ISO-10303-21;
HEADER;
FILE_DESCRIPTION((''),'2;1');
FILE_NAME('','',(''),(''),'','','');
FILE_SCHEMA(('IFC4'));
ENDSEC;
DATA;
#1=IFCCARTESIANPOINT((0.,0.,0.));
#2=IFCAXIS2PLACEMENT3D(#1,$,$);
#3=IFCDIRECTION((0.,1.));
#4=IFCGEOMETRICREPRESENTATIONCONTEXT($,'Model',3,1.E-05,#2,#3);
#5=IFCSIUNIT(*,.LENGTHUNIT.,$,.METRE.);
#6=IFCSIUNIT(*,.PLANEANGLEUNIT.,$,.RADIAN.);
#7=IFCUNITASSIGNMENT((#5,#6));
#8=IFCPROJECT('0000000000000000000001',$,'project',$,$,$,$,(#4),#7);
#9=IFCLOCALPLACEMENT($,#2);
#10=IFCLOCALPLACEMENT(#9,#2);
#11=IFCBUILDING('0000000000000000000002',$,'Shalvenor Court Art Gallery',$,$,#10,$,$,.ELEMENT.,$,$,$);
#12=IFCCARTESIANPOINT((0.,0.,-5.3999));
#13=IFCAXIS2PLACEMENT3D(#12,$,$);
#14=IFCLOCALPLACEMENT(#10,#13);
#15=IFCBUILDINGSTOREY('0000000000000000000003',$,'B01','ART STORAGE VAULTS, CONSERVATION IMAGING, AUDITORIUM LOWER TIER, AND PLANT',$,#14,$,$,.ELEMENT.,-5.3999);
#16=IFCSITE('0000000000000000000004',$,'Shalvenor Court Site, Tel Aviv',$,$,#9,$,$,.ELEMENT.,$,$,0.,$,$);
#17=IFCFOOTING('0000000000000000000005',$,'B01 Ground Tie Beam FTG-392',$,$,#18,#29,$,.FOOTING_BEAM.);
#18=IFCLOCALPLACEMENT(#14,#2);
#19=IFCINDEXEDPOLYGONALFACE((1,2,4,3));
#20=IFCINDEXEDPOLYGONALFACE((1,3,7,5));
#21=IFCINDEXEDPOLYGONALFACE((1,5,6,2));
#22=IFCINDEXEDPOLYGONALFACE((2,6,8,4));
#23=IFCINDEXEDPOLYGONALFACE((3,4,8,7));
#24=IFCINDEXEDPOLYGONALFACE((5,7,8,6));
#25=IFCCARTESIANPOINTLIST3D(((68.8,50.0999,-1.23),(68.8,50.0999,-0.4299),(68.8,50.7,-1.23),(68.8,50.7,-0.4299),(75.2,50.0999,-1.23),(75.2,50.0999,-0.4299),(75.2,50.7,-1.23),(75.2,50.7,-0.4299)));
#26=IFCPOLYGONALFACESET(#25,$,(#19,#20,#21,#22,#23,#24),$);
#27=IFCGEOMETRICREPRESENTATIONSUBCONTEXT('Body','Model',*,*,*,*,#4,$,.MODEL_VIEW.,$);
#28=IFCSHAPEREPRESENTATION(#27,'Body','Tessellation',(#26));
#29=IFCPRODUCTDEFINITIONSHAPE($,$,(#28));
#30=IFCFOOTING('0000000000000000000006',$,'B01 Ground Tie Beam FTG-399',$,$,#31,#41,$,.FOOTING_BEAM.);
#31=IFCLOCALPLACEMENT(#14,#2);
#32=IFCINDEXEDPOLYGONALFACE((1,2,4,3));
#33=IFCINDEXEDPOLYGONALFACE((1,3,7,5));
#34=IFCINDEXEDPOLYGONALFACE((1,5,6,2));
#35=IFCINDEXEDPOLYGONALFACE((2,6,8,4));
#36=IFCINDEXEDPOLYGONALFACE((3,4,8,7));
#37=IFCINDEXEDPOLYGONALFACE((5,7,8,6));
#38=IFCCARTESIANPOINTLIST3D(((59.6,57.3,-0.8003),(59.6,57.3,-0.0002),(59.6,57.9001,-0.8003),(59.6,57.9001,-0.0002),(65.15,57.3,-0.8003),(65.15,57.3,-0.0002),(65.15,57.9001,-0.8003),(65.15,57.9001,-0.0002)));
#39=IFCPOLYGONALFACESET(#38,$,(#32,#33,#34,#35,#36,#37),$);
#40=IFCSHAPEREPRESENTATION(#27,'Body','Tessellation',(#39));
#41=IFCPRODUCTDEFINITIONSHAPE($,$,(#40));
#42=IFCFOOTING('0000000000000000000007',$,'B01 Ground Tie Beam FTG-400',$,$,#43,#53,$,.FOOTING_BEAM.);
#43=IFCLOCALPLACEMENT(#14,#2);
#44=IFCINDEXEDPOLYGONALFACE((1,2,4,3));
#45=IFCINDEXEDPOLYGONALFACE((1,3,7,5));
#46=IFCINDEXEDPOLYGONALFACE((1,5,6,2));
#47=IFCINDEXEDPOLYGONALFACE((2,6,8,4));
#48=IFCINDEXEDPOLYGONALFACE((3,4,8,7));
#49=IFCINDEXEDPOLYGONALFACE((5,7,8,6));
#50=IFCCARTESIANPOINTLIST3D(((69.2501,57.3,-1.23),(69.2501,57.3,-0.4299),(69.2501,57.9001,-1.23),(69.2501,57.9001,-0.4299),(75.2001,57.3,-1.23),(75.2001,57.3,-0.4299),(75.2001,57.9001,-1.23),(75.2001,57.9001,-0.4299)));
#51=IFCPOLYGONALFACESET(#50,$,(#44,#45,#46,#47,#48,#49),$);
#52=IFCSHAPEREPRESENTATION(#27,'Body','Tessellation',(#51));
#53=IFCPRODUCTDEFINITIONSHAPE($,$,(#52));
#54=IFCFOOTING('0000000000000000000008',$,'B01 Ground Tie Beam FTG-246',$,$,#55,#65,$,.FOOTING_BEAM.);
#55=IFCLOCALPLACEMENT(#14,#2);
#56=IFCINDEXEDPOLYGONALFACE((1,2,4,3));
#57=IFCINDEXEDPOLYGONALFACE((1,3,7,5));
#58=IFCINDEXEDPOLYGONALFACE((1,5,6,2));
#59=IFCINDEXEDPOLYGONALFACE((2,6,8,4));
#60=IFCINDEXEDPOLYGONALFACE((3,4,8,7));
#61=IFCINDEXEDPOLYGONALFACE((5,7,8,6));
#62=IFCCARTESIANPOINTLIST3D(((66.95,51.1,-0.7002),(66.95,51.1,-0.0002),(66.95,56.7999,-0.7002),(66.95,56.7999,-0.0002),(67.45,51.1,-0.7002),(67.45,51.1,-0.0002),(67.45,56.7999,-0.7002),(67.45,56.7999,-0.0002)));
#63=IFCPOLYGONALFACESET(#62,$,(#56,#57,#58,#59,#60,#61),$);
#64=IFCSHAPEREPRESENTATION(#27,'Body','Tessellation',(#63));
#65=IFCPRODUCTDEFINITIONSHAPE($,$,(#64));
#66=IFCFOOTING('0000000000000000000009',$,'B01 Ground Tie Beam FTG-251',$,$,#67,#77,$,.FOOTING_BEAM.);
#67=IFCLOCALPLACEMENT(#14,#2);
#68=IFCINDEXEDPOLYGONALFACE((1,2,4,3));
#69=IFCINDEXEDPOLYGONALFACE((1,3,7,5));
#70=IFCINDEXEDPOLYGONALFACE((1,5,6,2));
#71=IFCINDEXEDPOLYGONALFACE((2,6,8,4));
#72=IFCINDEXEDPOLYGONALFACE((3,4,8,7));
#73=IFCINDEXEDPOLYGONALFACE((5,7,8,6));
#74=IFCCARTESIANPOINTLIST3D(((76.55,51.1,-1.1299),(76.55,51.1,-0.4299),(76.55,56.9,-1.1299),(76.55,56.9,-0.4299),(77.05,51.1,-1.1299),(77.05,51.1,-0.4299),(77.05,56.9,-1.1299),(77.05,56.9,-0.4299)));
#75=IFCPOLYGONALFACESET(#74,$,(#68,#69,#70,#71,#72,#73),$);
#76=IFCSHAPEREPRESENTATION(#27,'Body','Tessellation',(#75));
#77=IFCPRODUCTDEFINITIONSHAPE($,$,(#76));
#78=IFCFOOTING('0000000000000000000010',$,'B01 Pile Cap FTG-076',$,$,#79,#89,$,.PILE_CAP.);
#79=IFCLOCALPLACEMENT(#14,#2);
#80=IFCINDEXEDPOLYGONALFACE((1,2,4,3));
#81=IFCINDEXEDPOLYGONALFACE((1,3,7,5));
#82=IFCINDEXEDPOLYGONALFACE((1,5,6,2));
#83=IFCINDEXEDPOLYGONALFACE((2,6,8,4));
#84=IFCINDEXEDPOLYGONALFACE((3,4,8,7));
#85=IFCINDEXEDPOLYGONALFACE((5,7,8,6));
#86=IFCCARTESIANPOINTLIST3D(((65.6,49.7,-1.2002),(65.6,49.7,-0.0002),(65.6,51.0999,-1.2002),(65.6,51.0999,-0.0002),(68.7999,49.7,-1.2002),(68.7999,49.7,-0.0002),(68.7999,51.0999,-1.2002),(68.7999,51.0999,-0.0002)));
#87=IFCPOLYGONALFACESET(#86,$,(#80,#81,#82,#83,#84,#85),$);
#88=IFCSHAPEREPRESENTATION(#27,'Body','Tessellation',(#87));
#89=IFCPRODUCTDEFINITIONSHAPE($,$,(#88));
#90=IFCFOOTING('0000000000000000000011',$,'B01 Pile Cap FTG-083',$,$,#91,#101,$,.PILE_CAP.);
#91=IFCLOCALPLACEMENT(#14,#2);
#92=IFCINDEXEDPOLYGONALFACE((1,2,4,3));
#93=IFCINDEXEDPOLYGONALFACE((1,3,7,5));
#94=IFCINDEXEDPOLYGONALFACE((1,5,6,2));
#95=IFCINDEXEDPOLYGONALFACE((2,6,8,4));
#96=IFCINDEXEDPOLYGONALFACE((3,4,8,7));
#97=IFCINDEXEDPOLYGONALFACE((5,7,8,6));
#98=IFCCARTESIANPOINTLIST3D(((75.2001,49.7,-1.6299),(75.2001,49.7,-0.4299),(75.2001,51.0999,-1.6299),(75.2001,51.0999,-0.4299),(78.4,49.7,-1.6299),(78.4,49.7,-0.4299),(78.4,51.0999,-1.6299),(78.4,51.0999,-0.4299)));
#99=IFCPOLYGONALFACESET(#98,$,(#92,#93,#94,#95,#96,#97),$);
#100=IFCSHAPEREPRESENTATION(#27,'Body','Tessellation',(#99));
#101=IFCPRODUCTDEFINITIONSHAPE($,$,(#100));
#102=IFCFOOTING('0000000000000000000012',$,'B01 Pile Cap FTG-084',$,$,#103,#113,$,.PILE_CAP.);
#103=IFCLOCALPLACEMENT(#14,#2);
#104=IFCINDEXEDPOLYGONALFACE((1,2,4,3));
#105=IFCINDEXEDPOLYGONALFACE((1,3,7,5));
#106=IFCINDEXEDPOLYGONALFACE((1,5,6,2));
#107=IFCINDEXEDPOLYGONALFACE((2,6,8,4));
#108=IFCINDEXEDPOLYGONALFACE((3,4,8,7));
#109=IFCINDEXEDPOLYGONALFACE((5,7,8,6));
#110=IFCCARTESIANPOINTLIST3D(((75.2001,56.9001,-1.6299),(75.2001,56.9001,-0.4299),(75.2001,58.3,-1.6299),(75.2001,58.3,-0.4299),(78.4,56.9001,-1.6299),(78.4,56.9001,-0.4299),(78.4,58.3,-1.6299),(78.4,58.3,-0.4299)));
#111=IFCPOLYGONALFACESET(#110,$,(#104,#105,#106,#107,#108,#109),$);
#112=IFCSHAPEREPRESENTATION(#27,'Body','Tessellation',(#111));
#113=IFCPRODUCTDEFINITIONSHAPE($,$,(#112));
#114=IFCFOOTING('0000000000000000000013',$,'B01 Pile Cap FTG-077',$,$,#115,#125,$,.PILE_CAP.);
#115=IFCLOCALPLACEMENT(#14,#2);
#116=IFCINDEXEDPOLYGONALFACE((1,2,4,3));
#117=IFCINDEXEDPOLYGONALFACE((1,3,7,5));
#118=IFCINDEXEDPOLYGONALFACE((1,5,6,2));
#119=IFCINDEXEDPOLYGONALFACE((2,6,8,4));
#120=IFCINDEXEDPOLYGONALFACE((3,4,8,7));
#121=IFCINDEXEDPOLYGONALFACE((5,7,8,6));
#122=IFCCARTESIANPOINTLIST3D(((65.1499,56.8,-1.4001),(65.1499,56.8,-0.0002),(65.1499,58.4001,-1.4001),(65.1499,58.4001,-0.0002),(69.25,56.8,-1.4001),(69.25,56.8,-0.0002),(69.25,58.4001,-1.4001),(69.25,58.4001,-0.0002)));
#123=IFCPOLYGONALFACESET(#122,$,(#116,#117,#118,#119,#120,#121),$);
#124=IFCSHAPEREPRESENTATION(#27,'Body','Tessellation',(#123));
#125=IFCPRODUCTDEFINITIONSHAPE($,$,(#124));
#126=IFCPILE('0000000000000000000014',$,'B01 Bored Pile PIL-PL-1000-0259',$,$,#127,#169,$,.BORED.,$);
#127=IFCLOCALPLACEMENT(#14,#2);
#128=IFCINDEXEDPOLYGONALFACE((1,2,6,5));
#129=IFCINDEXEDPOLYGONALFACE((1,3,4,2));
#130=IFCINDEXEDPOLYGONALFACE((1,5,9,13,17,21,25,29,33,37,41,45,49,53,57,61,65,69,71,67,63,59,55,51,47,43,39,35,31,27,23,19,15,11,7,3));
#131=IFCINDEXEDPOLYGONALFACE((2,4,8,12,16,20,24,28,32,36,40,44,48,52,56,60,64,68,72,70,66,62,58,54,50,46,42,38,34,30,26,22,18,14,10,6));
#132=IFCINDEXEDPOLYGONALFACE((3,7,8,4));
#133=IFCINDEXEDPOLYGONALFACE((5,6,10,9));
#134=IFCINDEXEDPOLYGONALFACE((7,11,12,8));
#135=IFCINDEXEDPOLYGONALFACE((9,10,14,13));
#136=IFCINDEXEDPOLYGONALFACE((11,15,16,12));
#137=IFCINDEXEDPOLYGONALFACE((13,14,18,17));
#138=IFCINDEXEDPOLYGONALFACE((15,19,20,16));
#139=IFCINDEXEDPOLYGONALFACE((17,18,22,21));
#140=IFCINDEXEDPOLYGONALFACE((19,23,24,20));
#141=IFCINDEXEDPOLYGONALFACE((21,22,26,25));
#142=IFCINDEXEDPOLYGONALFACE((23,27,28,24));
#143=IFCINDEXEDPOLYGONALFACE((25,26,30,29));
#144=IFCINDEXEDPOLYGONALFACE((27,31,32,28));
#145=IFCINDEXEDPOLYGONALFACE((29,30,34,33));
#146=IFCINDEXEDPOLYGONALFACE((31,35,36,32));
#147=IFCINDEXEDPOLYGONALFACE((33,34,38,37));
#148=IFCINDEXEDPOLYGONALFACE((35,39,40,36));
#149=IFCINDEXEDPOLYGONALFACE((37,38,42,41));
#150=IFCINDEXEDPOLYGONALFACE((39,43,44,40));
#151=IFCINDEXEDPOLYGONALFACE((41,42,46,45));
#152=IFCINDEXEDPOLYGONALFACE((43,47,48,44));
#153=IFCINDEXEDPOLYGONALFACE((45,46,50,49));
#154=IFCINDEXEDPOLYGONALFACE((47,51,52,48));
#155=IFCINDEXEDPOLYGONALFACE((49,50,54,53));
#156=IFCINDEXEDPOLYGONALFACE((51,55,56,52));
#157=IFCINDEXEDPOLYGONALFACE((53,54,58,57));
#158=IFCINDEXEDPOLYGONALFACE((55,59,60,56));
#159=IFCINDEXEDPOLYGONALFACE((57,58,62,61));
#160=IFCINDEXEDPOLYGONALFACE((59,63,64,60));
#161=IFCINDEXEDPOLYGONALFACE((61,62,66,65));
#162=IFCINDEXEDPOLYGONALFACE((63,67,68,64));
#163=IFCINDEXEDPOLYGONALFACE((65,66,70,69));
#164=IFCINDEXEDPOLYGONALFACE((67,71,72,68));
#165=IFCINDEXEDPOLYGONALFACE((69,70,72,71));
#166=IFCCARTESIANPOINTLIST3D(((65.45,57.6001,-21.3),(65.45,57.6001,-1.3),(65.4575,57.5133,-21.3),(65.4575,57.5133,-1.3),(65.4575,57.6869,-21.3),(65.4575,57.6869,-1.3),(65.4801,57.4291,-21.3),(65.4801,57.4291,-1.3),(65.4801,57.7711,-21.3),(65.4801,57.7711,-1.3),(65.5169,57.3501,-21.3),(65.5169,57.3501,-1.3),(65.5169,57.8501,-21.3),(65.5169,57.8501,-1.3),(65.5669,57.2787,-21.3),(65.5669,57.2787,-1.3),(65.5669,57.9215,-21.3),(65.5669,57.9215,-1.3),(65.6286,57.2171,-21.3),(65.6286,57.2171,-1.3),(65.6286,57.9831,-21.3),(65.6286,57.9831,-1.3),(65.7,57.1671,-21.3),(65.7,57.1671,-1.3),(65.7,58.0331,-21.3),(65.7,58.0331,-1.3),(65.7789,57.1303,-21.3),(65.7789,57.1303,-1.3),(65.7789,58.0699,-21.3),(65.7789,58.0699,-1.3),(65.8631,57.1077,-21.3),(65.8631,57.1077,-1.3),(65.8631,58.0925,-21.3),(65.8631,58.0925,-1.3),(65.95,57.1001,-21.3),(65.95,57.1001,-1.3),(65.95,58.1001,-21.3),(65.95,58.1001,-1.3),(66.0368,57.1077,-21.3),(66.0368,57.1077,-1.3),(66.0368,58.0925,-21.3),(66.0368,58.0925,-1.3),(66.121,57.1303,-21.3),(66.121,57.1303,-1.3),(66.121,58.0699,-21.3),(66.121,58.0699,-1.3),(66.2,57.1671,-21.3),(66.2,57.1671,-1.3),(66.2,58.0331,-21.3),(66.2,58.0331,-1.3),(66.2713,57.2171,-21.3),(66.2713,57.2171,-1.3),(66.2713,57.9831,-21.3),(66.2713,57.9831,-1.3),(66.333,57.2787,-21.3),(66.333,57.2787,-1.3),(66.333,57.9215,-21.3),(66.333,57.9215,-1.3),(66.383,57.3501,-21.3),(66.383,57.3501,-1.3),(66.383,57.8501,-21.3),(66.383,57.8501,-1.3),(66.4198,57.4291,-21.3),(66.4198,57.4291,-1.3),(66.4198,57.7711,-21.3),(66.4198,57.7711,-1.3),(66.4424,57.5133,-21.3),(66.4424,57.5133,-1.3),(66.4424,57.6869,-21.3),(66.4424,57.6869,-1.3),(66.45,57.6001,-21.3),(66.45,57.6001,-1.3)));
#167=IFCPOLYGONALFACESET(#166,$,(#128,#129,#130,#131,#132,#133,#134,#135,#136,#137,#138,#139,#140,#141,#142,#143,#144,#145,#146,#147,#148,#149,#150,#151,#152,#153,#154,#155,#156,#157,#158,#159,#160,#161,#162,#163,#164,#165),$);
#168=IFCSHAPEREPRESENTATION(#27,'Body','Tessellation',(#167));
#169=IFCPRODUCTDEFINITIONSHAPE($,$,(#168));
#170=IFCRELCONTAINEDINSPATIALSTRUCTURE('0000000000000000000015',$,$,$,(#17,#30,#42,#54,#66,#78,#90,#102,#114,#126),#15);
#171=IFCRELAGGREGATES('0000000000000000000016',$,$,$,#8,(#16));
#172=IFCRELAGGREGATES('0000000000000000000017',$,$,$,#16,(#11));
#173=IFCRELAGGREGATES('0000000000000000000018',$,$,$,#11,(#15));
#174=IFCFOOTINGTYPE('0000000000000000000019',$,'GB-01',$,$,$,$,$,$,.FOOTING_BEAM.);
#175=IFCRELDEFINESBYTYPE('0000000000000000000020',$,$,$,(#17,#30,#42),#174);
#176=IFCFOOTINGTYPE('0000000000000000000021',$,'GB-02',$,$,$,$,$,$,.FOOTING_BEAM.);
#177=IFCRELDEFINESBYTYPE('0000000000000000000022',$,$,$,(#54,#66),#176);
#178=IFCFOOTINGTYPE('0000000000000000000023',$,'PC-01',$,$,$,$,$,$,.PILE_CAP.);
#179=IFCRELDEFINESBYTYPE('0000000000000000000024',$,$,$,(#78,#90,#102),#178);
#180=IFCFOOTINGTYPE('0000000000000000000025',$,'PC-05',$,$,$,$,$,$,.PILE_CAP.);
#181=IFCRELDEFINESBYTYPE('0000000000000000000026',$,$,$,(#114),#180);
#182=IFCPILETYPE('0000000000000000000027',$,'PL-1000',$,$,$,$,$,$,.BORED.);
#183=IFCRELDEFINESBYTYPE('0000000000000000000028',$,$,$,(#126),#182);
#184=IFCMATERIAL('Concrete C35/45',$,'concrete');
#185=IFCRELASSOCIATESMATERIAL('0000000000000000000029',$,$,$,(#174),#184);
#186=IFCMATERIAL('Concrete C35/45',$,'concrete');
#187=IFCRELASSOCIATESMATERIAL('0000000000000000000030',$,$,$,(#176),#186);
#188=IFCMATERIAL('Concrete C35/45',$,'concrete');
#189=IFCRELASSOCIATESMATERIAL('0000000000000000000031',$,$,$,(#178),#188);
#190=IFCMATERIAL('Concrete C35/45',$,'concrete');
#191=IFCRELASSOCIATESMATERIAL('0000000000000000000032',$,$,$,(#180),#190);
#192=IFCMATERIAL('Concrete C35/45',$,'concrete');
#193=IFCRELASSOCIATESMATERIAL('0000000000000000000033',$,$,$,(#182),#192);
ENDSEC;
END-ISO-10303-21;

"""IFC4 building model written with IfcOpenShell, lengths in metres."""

from ifc_helpers import new_model, si_unit, direction, frame, origin, origin_2d, place, context, subcontext, project, spatial, rectangle, circle, extrude, material, material_profile, profile_set, type_object, element, save


model = new_model("IFC4")

# Units and contexts
model_context = context("Model", 3, precision=1e-05, world=origin(), true_north=direction((0.0, 1.0)))
body_context = subcontext(model_context, "Body", "Model", "MODEL_VIEW")
ifc_project = project(units=[si_unit("LENGTHUNIT", "METRE"), si_unit("PLANEANGLEUNIT", "RADIAN")], contexts=[model_context])

# Site, building, storey
site_placement = place(None, origin())
site = spatial("IfcSite", under=ifc_project, at=site_placement, Name="Shalvenor Court Site, Tel Aviv", CompositionType="ELEMENT", RefElevation=0.0)
building_placement = place(site_placement, origin())
building = spatial("IfcBuilding", under=site, at=building_placement, Name="Shalvenor Court Art Gallery", CompositionType="ELEMENT")
storey_placement = place(building_placement, frame((0.0, 0.0, -5.3999)))
storey = spatial("IfcBuildingStorey", under=building, at=storey_placement, Name="B01", Description="ART STORAGE VAULTS, CONSERVATION IMAGING, AUDITORIUM LOWER TIER, AND PLANT", CompositionType="ELEMENT", Elevation=-5.3999)

# Footings
ifc_material_1 = material(Name="Concrete C35/45", Category="concrete")
footing_type_1 = type_object("IfcFootingType", Name="GB-01", PredefinedType="FOOTING_BEAM", material=ifc_material_1)
footing_1_placement = place(storey_placement, frame((72.0, 50.3999, -1.23), z_axis=(0.0, 0.0, 1.0), x_axis=(1.0, 0.0, 0.0)))
element("IfcFooting", 1, at=footing_1_placement, inside=storey, type_object=footing_type_1, Name="B01 Ground Tie Beam FTG-392", PredefinedType="FOOTING_BEAM", context=body_context, shape_type="SweptSolid", body=[
    extrude(rectangle(XDim=6.3999, YDim=0.6001, at=origin_2d()), origin(), (0.0, 0.0, 1.0), 0.8),
])
footing_2_placement = place(storey_placement, frame((62.375, 57.6001, -0.8003), z_axis=(0.0, 0.0, 1.0), x_axis=(1.0, 0.0, 0.0)))
element("IfcFooting", 2, at=footing_2_placement, inside=storey, type_object=footing_type_1, Name="B01 Ground Tie Beam FTG-399", PredefinedType="FOOTING_BEAM", context=body_context, shape_type="SweptSolid", body=[
    extrude(rectangle(XDim=5.55, YDim=0.6001, at=origin_2d()), origin(), (0.0, 0.0, 1.0), 0.8),
])
footing_3_placement = place(storey_placement, frame((72.2251, 57.6001, -1.23), z_axis=(0.0, 0.0, 1.0), x_axis=(1.0, 0.0, 0.0)))
element("IfcFooting", 3, at=footing_3_placement, inside=storey, type_object=footing_type_1, Name="B01 Ground Tie Beam FTG-400", PredefinedType="FOOTING_BEAM", context=body_context, shape_type="SweptSolid", body=[
    extrude(rectangle(XDim=5.95, YDim=0.6001, at=origin_2d()), origin(), (0.0, 0.0, 1.0), 0.8),
])
ifc_material_2 = material(Name="Concrete C35/45", Category="concrete")
footing_type_2 = type_object("IfcFootingType", Name="GB-02", PredefinedType="FOOTING_BEAM", material=ifc_material_2)
footing_4_placement = place(storey_placement, frame((67.2, 53.95, -0.7002), z_axis=(0.0, 0.0, 1.0), x_axis=(0.0, 1.0, 0.0)))
element("IfcFooting", 4, at=footing_4_placement, inside=storey, type_object=footing_type_2, Name="B01 Ground Tie Beam FTG-246", PredefinedType="FOOTING_BEAM", context=body_context, shape_type="SweptSolid", body=[
    extrude(rectangle(XDim=5.7, YDim=0.5, at=origin_2d()), origin(), (0.0, 0.0, 1.0), 0.7),
])
footing_5_placement = place(storey_placement, frame((76.8, 54.0, -1.1299), z_axis=(0.0, 0.0, 1.0), x_axis=(0.0, 1.0, 0.0)))
element("IfcFooting", 5, at=footing_5_placement, inside=storey, type_object=footing_type_2, Name="B01 Ground Tie Beam FTG-251", PredefinedType="FOOTING_BEAM", context=body_context, shape_type="SweptSolid", body=[
    extrude(rectangle(XDim=5.8, YDim=0.5, at=origin_2d()), origin(), (0.0, 0.0, 1.0), 0.7),
])
ifc_material_3 = material(Name="Concrete C35/45", Category="concrete")
footing_type_3 = type_object("IfcFootingType", Name="PC-01", PredefinedType="PILE_CAP", material=ifc_material_3)
for number, where, z_axis, x_axis, name in (
    (6, (67.2, 50.3999, -1.2002), (0.0, 0.0, 1.0), (1.0, 0.0, 0.0), "B01 Pile Cap FTG-076"),
    (7, (76.8, 50.3999, -1.6299), (0.0, 0.0, 1.0), (1.0, 0.0, 0.0), "B01 Pile Cap FTG-083"),
    (8, (76.8, 57.6001, -1.6299), (0.0, 0.0, 1.0), (1.0, 0.0, 0.0), "B01 Pile Cap FTG-084"),
):
    element("IfcFooting", number, at=place(storey_placement, frame(where, z_axis=z_axis, x_axis=x_axis)), inside=storey, type_object=footing_type_3, Name=name, PredefinedType="PILE_CAP", context=body_context, shape_type="SweptSolid", body=[
        extrude(rectangle(XDim=3.2, YDim=1.3999, at=origin_2d()), origin(), (0.0, 0.0, 1.0), 1.2),
    ])
ifc_material_4 = material(Name="Concrete C35/45", Category="concrete")
footing_type_4 = type_object("IfcFootingType", Name="PC-05", PredefinedType="PILE_CAP", material=ifc_material_4)
footing_6_placement = place(storey_placement, frame((67.2, 57.6001, -1.4001), z_axis=(0.0, 0.0, 1.0), x_axis=(1.0, 0.0, 0.0)))
element("IfcFooting", 9, at=footing_6_placement, inside=storey, type_object=footing_type_4, Name="B01 Pile Cap FTG-077", PredefinedType="PILE_CAP", context=body_context, shape_type="SweptSolid", body=[
    extrude(rectangle(XDim=4.1001, YDim=1.6001, at=origin_2d()), origin(), (0.0, 0.0, 1.0), 1.3999),
])

# Pile
ifc_material_5 = material(Name="Concrete C35/45", Category="concrete")
ifc_material_profile_1 = material_profile(ifc_material_5, circle(Radius=0.5, at=origin_2d()), Name="PILE 1000")
ifc_profile_set_1 = profile_set([ifc_material_profile_1], Name="Concrete C35/45")
pile_type_1 = type_object("IfcPileType", Name="PL-1000", PredefinedType="BORED", material=ifc_profile_set_1)
for number, where, z_axis, x_axis, name in (
    (10, (65.95, 57.6001, -1.3), (0.0, 0.0, -1.0), (1.0, 0.0, 0.0), "B01 Bored Pile PIL-PL-1000-0259"),
):
    element("IfcPile", number, at=place(storey_placement, frame(where, z_axis=z_axis, x_axis=x_axis)), inside=storey, type_object=pile_type_1, Name=name, PredefinedType="BORED", context=body_context, shape_type="SweptSolid", body=[
        extrude(circle(Radius=0.5, at=origin_2d()), origin(), (0.0, 0.0, 1.0), 20.0),
    ])

save(model, "model.ifc")
